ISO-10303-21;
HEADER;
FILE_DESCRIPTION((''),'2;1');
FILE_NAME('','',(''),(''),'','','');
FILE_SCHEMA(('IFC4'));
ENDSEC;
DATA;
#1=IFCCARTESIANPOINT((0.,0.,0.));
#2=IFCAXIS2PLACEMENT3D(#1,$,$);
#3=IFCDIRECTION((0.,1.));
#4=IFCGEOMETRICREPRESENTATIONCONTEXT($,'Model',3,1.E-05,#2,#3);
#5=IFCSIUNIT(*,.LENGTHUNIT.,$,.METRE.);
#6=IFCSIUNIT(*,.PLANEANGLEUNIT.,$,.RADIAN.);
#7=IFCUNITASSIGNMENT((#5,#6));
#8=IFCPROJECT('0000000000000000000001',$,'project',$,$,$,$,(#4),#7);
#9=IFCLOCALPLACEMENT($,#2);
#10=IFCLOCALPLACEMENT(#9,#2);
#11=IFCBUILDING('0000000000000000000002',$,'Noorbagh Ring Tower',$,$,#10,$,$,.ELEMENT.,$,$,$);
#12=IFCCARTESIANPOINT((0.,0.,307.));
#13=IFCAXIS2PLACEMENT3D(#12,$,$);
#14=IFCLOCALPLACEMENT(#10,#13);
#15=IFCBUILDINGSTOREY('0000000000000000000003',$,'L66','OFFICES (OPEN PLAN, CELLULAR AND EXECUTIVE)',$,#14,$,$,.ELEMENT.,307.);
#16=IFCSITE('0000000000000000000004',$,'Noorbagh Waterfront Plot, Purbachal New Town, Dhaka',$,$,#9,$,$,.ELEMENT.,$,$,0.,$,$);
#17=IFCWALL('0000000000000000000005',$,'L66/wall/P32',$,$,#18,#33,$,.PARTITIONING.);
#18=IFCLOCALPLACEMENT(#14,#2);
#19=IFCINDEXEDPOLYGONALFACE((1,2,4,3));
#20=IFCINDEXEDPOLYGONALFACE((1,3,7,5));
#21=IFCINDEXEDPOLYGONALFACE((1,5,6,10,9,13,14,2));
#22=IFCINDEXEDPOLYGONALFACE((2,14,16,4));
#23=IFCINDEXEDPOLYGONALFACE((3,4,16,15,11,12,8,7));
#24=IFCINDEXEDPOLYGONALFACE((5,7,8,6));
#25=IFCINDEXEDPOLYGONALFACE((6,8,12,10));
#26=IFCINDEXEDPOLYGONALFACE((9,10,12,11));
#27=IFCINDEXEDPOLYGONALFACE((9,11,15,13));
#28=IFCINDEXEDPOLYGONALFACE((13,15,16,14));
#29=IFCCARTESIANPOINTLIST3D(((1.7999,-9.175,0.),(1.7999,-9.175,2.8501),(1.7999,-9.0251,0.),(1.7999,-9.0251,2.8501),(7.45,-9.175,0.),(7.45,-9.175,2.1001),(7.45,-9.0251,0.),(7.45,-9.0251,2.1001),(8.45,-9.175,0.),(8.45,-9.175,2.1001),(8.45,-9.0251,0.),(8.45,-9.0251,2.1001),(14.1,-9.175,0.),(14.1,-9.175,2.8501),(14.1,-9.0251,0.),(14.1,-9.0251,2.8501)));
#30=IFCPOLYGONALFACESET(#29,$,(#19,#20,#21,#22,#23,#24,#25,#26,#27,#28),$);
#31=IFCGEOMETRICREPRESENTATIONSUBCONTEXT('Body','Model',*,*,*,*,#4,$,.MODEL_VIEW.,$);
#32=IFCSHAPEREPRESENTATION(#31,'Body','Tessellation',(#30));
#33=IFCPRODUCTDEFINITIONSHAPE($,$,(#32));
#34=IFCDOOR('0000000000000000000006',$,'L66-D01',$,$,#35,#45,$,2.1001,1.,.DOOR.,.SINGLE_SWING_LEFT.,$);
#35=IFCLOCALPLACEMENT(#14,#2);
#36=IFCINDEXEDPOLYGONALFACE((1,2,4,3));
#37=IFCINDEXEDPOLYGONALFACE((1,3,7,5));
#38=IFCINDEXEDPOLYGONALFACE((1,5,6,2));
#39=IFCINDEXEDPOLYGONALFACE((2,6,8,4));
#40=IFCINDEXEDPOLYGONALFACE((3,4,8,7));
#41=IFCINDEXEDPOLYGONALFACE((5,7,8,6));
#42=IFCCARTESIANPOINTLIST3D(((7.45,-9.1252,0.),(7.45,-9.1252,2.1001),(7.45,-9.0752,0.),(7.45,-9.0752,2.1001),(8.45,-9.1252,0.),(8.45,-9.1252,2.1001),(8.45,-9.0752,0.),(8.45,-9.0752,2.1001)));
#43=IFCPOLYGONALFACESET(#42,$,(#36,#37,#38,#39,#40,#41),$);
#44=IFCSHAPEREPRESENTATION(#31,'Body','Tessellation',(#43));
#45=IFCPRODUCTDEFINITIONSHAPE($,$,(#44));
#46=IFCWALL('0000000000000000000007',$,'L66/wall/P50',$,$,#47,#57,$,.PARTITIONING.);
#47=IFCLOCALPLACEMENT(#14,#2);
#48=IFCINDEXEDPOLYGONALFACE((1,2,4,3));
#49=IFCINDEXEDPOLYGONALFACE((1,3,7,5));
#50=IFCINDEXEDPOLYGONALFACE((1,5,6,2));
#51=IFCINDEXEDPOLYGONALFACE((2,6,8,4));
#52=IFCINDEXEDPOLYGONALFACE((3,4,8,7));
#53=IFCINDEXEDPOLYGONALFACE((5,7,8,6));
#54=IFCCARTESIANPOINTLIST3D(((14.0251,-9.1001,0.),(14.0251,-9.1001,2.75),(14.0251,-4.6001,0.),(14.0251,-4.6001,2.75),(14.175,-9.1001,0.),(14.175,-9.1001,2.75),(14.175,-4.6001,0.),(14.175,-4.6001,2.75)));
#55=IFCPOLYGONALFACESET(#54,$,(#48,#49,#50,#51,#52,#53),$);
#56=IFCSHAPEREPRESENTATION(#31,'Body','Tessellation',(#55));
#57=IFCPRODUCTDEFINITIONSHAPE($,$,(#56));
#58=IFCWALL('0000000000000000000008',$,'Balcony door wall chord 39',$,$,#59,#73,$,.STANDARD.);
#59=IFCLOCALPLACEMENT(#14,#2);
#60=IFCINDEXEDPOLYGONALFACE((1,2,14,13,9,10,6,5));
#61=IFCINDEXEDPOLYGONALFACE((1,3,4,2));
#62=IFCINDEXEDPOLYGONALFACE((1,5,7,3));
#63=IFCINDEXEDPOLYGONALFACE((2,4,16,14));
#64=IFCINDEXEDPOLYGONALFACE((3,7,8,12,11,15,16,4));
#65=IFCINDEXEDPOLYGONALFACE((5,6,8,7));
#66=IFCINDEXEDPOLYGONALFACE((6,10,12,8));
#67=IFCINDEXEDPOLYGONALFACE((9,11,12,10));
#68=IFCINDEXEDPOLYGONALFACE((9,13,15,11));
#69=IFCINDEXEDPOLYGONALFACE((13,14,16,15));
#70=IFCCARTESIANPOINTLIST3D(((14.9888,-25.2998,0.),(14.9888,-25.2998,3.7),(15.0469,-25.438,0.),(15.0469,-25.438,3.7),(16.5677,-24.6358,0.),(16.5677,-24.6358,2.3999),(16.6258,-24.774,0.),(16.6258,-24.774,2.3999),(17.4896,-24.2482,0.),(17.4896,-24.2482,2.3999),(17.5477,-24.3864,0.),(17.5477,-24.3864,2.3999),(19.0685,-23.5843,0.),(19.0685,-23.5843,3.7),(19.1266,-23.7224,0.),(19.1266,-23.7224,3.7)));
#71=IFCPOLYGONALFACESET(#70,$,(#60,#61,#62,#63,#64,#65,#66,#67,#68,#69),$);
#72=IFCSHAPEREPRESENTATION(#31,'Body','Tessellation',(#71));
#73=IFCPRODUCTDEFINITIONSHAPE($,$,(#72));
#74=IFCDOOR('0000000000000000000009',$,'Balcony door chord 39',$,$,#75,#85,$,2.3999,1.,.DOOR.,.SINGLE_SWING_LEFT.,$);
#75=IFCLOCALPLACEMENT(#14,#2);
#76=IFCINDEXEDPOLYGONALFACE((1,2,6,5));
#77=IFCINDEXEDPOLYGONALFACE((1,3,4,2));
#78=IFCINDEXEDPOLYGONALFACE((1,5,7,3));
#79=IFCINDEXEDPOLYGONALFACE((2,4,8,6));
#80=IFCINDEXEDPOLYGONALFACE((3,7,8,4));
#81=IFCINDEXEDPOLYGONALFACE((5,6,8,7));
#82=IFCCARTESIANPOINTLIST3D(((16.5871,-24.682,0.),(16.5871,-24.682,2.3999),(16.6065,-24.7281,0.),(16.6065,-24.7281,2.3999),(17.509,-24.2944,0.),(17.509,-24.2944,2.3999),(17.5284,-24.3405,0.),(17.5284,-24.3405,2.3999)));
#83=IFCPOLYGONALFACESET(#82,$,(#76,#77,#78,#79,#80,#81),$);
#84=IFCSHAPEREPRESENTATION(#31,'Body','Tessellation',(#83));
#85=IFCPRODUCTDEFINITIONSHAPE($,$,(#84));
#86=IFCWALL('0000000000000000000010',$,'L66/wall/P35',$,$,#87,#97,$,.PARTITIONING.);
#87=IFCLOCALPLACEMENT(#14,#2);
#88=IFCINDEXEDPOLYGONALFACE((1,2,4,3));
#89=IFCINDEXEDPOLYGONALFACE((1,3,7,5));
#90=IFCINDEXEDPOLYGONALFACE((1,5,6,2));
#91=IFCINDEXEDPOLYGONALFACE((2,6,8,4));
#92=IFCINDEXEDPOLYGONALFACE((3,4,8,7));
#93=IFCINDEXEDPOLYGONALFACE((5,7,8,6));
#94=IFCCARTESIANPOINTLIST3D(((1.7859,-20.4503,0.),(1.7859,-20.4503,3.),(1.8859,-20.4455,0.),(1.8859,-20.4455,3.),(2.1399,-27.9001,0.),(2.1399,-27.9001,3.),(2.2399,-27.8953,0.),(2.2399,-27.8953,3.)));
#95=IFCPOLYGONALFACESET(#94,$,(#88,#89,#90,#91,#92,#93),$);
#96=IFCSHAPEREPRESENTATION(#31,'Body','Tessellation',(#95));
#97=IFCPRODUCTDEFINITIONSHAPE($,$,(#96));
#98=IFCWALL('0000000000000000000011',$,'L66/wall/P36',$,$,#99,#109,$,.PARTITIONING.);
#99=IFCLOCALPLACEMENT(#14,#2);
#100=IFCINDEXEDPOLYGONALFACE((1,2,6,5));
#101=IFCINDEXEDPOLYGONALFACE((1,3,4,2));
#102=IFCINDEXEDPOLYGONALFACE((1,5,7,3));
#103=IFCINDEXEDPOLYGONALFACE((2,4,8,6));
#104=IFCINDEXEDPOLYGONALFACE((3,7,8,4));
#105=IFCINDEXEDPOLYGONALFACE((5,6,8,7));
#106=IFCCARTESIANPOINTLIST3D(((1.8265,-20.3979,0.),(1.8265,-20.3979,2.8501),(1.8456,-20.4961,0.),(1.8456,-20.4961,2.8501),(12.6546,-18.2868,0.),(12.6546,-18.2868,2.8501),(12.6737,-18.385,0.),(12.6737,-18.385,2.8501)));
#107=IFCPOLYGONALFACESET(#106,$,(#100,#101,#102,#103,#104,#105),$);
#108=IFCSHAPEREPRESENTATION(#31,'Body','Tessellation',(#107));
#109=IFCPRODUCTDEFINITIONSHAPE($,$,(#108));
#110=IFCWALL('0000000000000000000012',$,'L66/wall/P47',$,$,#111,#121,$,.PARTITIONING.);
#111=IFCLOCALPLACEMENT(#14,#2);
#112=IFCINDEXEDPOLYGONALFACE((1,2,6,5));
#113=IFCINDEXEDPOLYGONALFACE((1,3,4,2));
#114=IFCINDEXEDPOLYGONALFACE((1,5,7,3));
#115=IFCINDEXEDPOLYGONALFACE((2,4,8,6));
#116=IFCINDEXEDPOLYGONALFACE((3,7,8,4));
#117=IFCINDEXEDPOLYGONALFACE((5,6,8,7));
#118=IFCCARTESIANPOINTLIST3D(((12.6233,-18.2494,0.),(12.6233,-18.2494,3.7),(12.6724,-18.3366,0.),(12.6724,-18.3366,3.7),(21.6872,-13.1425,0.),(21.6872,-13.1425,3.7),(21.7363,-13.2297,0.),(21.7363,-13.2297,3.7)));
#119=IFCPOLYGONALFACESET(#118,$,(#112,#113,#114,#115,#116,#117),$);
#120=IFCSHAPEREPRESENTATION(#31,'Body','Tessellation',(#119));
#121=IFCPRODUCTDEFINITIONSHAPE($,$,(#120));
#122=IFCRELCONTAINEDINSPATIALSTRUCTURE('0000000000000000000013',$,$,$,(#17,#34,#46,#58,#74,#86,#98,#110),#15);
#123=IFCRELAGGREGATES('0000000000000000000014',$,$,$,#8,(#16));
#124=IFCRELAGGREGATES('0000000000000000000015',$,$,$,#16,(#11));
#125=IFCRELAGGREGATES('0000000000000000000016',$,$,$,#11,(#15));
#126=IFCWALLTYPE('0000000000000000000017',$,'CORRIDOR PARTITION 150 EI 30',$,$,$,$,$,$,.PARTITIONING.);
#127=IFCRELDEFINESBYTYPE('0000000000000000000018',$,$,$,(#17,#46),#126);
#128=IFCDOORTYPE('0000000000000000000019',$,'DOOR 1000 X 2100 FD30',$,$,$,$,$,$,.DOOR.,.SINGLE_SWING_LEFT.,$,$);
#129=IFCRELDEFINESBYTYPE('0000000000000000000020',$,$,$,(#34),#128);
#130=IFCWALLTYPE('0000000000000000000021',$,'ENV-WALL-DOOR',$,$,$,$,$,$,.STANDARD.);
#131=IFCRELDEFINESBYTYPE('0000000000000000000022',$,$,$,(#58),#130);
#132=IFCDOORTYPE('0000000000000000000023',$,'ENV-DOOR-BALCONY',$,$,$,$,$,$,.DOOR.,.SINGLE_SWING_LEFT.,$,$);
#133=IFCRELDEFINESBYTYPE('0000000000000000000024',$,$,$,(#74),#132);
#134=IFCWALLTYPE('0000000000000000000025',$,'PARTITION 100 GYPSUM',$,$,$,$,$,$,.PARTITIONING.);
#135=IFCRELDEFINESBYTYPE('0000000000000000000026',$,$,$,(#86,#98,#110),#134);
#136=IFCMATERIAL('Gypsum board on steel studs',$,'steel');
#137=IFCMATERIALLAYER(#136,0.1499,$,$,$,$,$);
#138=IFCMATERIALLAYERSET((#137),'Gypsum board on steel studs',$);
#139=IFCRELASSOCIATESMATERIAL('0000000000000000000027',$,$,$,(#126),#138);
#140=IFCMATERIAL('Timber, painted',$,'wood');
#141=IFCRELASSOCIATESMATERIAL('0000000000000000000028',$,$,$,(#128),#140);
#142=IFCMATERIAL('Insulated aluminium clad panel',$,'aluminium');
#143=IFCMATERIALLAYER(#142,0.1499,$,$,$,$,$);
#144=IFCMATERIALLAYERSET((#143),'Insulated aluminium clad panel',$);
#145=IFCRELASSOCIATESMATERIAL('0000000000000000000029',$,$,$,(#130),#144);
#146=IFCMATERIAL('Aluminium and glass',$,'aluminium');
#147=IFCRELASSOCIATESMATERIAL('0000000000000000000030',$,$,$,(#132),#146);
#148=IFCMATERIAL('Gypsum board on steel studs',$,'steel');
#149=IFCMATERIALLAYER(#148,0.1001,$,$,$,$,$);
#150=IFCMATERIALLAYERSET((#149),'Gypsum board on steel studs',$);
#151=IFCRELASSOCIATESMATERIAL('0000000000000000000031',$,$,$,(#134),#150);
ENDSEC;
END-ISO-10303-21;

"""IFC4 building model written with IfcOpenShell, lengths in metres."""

from ifc_helpers import new_model, si_unit, direction, frame, frame_2d, origin, place, context, subcontext, project, spatial, rectangle, extrude, material, layer, layer_set, type_object, element, fill, save


model = new_model("IFC4")

# Units and contexts
model_context = context("Model", 3, precision=1e-05, world=origin(), true_north=direction((0.0, 1.0)))
body_context = subcontext(model_context, "Body", "Model", "MODEL_VIEW")
ifc_project = project(units=[si_unit("LENGTHUNIT", "METRE"), si_unit("PLANEANGLEUNIT", "RADIAN")], contexts=[model_context])

# Site, building, storey
site_placement = place(None, origin())
site = spatial("IfcSite", under=ifc_project, at=site_placement, Name="Noorbagh Waterfront Plot, Purbachal New Town, Dhaka", CompositionType="ELEMENT", RefElevation=0.0)
building_placement = place(site_placement, origin())
building = spatial("IfcBuilding", under=site, at=building_placement, Name="Noorbagh Ring Tower", CompositionType="ELEMENT")
storey_placement = place(building_placement, frame((0.0, 0.0, 307.0)))
storey = spatial("IfcBuildingStorey", under=building, at=storey_placement, Name="L66", Description="OFFICES (OPEN PLAN, CELLULAR AND EXECUTIVE)", CompositionType="ELEMENT", Elevation=307.0)

# Shared definitions
ifc_material_1 = material(Name="Gypsum board on steel studs", Category="steel")
ifc_layer_1 = layer(ifc_material_1, 0.1499)
ifc_layer_set_1 = layer_set([ifc_layer_1], Name="Gypsum board on steel studs")
wall_type_1 = type_object("IfcWallType", Name="CORRIDOR PARTITION 150 EI 30", PredefinedType="PARTITIONING", material=ifc_layer_set_1)

# Shared definitions
ifc_material_2 = material(Name="Timber, painted", Category="wood")
door_type_1 = type_object("IfcDoorType", Name="DOOR 1000 X 2100 FD30", OperationType="SINGLE_SWING_LEFT", PredefinedType="DOOR", material=ifc_material_2)

# Wall, opening, door
wall_1_placement = place(storey_placement, frame((1.8, -9.1001, 0.0), z_axis=(0.0, 0.0, 1.0), x_axis=(1.0, 0.0, 0.0)))
wall_1 = element("IfcWall", 1, at=wall_1_placement, inside=storey, type_object=wall_type_1, Name="L66/wall/P32", PredefinedType="PARTITIONING", context=body_context, shape_type="SweptSolid", body=[
    extrude(rectangle(XDim=12.3, YDim=0.1499, at=frame_2d((6.1499, 0.0))), origin(), (0.0, 0.0, 1.0), 2.8501),
])
opening_1_placement = place(wall_1_placement, frame((5.6499, 0.0, 0.0)))
opening_1 = element("IfcOpeningElement", 2, at=opening_1_placement, cuts=wall_1, PredefinedType="OPENING", context=body_context, shape_type="SweptSolid", body=[
    extrude(rectangle(XDim=1.0, YDim=2.1001, at=frame_2d((0.5, 1.05))), frame((0.0, 0.085, 0.0), z_axis=(0.0, -1.0, 0.0), x_axis=(1.0, 0.0, 0.0)), (0.0, 0.0, 1.0), 0.1699),
])
door_1_placement = place(opening_1_placement, origin())
door_1 = element("IfcDoor", 3, at=door_1_placement, inside=storey, type_object=door_type_1, Name="L66-D01", OperationType="SINGLE_SWING_LEFT", OverallHeight=2.1001, OverallWidth=1.0, PredefinedType="DOOR", context=body_context, shape_type="SweptSolid", body=[
    extrude(rectangle(XDim=1.0, YDim=2.1001, at=frame_2d((0.5, 1.05))), frame((0.0, 0.0249, 0.0), z_axis=(0.0, -1.0, 0.0), x_axis=(1.0, 0.0, 0.0)), (0.0, 0.0, 1.0), 0.05),
])
fill(opening_1, door_1)

# Wall
wall_2_placement = place(storey_placement, frame((14.1001, -9.1001, 0.0), z_axis=(0.0, 0.0, 1.0), x_axis=(0.0, 1.0, 0.0)))
element("IfcWall", 4, at=wall_2_placement, inside=storey, type_object=wall_type_1, Name="L66/wall/P50", PredefinedType="PARTITIONING", context=body_context, shape_type="SweptSolid", body=[
    extrude(rectangle(XDim=4.5, YDim=0.1499, at=frame_2d((2.25, 0.0))), origin(), (0.0, 0.0, 1.0), 2.75),
])

# Wall, opening, door
ifc_material_3 = material(Name="Insulated aluminium clad panel", Category="aluminium")
ifc_layer_2 = layer(ifc_material_3, 0.1499)
ifc_layer_set_2 = layer_set([ifc_layer_2], Name="Insulated aluminium clad panel")
wall_type_2 = type_object("IfcWallType", Name="ENV-WALL-DOOR", PredefinedType="STANDARD", material=ifc_layer_set_2)
wall_3_placement = place(storey_placement, frame((15.0178, -25.3689, 0.0), z_axis=(0.0, 0.0, 1.0), x_axis=(0.921817, 0.387625, 0.0)))
wall_3 = element("IfcWall", 5, at=wall_3_placement, inside=storey, type_object=wall_type_2, Name="Balcony door wall chord 39", PredefinedType="STANDARD", context=body_context, shape_type="SweptSolid", body=[
    extrude(rectangle(XDim=4.4258, YDim=0.1499, at=frame_2d((2.2129, 0.0))), origin(), (0.0, 0.0, 1.0), 3.7),
])
opening_2_placement = place(wall_3_placement, frame((1.7129, 0.0, 0.0)))
opening_2 = element("IfcOpeningElement", 6, at=opening_2_placement, cuts=wall_3, PredefinedType="OPENING", context=body_context, shape_type="SweptSolid", body=[
    extrude(rectangle(XDim=1.0, YDim=2.3999, at=frame_2d((0.5, 1.2))), frame((0.0, 0.085, 0.0), z_axis=(0.0, -1.0, 0.0), x_axis=(1.0, 0.0, 0.0)), (0.0, 0.0, 1.0), 0.1699),
])
ifc_material_4 = material(Name="Aluminium and glass", Category="aluminium")
door_type_2 = type_object("IfcDoorType", Name="ENV-DOOR-BALCONY", OperationType="SINGLE_SWING_LEFT", PredefinedType="DOOR", material=ifc_material_4)
door_2_placement = place(opening_2_placement, origin())
door_2 = element("IfcDoor", 7, at=door_2_placement, inside=storey, type_object=door_type_2, Name="Balcony door chord 39", OperationType="SINGLE_SWING_LEFT", OverallHeight=2.3999, OverallWidth=1.0, PredefinedType="DOOR", context=body_context, shape_type="SweptSolid", body=[
    extrude(rectangle(XDim=1.0, YDim=2.3999, at=frame_2d((0.5, 1.2))), frame((0.0, 0.0249, 0.0), z_axis=(0.0, -1.0, 0.0), x_axis=(1.0, 0.0, 0.0)), (0.0, 0.0, 1.0), 0.05),
])
fill(opening_2, door_2)

# Walls
ifc_material_5 = material(Name="Gypsum board on steel studs", Category="steel")
ifc_layer_3 = layer(ifc_material_5, 0.1001)
ifc_layer_set_3 = layer_set([ifc_layer_3], Name="Gypsum board on steel studs")
wall_type_3 = type_object("IfcWallType", Name="PARTITION 100 GYPSUM", PredefinedType="PARTITIONING", material=ifc_layer_set_3)
wall_4_placement = place(storey_placement, frame((1.8359, -20.448, 0.0), z_axis=(0.0, 0.0, 1.0), x_axis=(0.047464, -0.998873, 0.0)))
element("IfcWall", 8, at=wall_4_placement, inside=storey, type_object=wall_type_3, Name="L66/wall/P35", PredefinedType="PARTITIONING", context=body_context, shape_type="SweptSolid", body=[
    extrude(rectangle(XDim=7.4583, YDim=0.1001, at=frame_2d((3.729, 0.0))), origin(), (0.0, 0.0, 1.0), 3.0),
])
wall_5_placement = place(storey_placement, frame((1.8359, -20.447, 0.0), z_axis=(0.0, 0.0, 1.0), x_axis=(0.98152, 0.19136, 0.0)))
element("IfcWall", 9, at=wall_5_placement, inside=storey, type_object=wall_type_3, Name="L66/wall/P36", PredefinedType="PARTITIONING", context=body_context, shape_type="SweptSolid", body=[
    extrude(rectangle(XDim=11.032, YDim=0.1001, at=frame_2d((5.5161, 0.0))), origin(), (0.0, 0.0, 1.0), 2.8501),
])
wall_6_placement = place(storey_placement, frame((12.6479, -18.293, 0.0), z_axis=(0.0, 0.0, 1.0), x_axis=(0.871228, 0.490878, 0.0)))
element("IfcWall", 10, at=wall_6_placement, inside=storey, type_object=wall_type_3, Name="L66/wall/P47", PredefinedType="PARTITIONING", context=body_context, shape_type="SweptSolid", body=[
    extrude(rectangle(XDim=10.4036, YDim=0.1001, at=frame_2d((5.2017, 0.0))), origin(), (0.0, 0.0, 1.0), 3.7),
])

save(model, "model.ifc")
